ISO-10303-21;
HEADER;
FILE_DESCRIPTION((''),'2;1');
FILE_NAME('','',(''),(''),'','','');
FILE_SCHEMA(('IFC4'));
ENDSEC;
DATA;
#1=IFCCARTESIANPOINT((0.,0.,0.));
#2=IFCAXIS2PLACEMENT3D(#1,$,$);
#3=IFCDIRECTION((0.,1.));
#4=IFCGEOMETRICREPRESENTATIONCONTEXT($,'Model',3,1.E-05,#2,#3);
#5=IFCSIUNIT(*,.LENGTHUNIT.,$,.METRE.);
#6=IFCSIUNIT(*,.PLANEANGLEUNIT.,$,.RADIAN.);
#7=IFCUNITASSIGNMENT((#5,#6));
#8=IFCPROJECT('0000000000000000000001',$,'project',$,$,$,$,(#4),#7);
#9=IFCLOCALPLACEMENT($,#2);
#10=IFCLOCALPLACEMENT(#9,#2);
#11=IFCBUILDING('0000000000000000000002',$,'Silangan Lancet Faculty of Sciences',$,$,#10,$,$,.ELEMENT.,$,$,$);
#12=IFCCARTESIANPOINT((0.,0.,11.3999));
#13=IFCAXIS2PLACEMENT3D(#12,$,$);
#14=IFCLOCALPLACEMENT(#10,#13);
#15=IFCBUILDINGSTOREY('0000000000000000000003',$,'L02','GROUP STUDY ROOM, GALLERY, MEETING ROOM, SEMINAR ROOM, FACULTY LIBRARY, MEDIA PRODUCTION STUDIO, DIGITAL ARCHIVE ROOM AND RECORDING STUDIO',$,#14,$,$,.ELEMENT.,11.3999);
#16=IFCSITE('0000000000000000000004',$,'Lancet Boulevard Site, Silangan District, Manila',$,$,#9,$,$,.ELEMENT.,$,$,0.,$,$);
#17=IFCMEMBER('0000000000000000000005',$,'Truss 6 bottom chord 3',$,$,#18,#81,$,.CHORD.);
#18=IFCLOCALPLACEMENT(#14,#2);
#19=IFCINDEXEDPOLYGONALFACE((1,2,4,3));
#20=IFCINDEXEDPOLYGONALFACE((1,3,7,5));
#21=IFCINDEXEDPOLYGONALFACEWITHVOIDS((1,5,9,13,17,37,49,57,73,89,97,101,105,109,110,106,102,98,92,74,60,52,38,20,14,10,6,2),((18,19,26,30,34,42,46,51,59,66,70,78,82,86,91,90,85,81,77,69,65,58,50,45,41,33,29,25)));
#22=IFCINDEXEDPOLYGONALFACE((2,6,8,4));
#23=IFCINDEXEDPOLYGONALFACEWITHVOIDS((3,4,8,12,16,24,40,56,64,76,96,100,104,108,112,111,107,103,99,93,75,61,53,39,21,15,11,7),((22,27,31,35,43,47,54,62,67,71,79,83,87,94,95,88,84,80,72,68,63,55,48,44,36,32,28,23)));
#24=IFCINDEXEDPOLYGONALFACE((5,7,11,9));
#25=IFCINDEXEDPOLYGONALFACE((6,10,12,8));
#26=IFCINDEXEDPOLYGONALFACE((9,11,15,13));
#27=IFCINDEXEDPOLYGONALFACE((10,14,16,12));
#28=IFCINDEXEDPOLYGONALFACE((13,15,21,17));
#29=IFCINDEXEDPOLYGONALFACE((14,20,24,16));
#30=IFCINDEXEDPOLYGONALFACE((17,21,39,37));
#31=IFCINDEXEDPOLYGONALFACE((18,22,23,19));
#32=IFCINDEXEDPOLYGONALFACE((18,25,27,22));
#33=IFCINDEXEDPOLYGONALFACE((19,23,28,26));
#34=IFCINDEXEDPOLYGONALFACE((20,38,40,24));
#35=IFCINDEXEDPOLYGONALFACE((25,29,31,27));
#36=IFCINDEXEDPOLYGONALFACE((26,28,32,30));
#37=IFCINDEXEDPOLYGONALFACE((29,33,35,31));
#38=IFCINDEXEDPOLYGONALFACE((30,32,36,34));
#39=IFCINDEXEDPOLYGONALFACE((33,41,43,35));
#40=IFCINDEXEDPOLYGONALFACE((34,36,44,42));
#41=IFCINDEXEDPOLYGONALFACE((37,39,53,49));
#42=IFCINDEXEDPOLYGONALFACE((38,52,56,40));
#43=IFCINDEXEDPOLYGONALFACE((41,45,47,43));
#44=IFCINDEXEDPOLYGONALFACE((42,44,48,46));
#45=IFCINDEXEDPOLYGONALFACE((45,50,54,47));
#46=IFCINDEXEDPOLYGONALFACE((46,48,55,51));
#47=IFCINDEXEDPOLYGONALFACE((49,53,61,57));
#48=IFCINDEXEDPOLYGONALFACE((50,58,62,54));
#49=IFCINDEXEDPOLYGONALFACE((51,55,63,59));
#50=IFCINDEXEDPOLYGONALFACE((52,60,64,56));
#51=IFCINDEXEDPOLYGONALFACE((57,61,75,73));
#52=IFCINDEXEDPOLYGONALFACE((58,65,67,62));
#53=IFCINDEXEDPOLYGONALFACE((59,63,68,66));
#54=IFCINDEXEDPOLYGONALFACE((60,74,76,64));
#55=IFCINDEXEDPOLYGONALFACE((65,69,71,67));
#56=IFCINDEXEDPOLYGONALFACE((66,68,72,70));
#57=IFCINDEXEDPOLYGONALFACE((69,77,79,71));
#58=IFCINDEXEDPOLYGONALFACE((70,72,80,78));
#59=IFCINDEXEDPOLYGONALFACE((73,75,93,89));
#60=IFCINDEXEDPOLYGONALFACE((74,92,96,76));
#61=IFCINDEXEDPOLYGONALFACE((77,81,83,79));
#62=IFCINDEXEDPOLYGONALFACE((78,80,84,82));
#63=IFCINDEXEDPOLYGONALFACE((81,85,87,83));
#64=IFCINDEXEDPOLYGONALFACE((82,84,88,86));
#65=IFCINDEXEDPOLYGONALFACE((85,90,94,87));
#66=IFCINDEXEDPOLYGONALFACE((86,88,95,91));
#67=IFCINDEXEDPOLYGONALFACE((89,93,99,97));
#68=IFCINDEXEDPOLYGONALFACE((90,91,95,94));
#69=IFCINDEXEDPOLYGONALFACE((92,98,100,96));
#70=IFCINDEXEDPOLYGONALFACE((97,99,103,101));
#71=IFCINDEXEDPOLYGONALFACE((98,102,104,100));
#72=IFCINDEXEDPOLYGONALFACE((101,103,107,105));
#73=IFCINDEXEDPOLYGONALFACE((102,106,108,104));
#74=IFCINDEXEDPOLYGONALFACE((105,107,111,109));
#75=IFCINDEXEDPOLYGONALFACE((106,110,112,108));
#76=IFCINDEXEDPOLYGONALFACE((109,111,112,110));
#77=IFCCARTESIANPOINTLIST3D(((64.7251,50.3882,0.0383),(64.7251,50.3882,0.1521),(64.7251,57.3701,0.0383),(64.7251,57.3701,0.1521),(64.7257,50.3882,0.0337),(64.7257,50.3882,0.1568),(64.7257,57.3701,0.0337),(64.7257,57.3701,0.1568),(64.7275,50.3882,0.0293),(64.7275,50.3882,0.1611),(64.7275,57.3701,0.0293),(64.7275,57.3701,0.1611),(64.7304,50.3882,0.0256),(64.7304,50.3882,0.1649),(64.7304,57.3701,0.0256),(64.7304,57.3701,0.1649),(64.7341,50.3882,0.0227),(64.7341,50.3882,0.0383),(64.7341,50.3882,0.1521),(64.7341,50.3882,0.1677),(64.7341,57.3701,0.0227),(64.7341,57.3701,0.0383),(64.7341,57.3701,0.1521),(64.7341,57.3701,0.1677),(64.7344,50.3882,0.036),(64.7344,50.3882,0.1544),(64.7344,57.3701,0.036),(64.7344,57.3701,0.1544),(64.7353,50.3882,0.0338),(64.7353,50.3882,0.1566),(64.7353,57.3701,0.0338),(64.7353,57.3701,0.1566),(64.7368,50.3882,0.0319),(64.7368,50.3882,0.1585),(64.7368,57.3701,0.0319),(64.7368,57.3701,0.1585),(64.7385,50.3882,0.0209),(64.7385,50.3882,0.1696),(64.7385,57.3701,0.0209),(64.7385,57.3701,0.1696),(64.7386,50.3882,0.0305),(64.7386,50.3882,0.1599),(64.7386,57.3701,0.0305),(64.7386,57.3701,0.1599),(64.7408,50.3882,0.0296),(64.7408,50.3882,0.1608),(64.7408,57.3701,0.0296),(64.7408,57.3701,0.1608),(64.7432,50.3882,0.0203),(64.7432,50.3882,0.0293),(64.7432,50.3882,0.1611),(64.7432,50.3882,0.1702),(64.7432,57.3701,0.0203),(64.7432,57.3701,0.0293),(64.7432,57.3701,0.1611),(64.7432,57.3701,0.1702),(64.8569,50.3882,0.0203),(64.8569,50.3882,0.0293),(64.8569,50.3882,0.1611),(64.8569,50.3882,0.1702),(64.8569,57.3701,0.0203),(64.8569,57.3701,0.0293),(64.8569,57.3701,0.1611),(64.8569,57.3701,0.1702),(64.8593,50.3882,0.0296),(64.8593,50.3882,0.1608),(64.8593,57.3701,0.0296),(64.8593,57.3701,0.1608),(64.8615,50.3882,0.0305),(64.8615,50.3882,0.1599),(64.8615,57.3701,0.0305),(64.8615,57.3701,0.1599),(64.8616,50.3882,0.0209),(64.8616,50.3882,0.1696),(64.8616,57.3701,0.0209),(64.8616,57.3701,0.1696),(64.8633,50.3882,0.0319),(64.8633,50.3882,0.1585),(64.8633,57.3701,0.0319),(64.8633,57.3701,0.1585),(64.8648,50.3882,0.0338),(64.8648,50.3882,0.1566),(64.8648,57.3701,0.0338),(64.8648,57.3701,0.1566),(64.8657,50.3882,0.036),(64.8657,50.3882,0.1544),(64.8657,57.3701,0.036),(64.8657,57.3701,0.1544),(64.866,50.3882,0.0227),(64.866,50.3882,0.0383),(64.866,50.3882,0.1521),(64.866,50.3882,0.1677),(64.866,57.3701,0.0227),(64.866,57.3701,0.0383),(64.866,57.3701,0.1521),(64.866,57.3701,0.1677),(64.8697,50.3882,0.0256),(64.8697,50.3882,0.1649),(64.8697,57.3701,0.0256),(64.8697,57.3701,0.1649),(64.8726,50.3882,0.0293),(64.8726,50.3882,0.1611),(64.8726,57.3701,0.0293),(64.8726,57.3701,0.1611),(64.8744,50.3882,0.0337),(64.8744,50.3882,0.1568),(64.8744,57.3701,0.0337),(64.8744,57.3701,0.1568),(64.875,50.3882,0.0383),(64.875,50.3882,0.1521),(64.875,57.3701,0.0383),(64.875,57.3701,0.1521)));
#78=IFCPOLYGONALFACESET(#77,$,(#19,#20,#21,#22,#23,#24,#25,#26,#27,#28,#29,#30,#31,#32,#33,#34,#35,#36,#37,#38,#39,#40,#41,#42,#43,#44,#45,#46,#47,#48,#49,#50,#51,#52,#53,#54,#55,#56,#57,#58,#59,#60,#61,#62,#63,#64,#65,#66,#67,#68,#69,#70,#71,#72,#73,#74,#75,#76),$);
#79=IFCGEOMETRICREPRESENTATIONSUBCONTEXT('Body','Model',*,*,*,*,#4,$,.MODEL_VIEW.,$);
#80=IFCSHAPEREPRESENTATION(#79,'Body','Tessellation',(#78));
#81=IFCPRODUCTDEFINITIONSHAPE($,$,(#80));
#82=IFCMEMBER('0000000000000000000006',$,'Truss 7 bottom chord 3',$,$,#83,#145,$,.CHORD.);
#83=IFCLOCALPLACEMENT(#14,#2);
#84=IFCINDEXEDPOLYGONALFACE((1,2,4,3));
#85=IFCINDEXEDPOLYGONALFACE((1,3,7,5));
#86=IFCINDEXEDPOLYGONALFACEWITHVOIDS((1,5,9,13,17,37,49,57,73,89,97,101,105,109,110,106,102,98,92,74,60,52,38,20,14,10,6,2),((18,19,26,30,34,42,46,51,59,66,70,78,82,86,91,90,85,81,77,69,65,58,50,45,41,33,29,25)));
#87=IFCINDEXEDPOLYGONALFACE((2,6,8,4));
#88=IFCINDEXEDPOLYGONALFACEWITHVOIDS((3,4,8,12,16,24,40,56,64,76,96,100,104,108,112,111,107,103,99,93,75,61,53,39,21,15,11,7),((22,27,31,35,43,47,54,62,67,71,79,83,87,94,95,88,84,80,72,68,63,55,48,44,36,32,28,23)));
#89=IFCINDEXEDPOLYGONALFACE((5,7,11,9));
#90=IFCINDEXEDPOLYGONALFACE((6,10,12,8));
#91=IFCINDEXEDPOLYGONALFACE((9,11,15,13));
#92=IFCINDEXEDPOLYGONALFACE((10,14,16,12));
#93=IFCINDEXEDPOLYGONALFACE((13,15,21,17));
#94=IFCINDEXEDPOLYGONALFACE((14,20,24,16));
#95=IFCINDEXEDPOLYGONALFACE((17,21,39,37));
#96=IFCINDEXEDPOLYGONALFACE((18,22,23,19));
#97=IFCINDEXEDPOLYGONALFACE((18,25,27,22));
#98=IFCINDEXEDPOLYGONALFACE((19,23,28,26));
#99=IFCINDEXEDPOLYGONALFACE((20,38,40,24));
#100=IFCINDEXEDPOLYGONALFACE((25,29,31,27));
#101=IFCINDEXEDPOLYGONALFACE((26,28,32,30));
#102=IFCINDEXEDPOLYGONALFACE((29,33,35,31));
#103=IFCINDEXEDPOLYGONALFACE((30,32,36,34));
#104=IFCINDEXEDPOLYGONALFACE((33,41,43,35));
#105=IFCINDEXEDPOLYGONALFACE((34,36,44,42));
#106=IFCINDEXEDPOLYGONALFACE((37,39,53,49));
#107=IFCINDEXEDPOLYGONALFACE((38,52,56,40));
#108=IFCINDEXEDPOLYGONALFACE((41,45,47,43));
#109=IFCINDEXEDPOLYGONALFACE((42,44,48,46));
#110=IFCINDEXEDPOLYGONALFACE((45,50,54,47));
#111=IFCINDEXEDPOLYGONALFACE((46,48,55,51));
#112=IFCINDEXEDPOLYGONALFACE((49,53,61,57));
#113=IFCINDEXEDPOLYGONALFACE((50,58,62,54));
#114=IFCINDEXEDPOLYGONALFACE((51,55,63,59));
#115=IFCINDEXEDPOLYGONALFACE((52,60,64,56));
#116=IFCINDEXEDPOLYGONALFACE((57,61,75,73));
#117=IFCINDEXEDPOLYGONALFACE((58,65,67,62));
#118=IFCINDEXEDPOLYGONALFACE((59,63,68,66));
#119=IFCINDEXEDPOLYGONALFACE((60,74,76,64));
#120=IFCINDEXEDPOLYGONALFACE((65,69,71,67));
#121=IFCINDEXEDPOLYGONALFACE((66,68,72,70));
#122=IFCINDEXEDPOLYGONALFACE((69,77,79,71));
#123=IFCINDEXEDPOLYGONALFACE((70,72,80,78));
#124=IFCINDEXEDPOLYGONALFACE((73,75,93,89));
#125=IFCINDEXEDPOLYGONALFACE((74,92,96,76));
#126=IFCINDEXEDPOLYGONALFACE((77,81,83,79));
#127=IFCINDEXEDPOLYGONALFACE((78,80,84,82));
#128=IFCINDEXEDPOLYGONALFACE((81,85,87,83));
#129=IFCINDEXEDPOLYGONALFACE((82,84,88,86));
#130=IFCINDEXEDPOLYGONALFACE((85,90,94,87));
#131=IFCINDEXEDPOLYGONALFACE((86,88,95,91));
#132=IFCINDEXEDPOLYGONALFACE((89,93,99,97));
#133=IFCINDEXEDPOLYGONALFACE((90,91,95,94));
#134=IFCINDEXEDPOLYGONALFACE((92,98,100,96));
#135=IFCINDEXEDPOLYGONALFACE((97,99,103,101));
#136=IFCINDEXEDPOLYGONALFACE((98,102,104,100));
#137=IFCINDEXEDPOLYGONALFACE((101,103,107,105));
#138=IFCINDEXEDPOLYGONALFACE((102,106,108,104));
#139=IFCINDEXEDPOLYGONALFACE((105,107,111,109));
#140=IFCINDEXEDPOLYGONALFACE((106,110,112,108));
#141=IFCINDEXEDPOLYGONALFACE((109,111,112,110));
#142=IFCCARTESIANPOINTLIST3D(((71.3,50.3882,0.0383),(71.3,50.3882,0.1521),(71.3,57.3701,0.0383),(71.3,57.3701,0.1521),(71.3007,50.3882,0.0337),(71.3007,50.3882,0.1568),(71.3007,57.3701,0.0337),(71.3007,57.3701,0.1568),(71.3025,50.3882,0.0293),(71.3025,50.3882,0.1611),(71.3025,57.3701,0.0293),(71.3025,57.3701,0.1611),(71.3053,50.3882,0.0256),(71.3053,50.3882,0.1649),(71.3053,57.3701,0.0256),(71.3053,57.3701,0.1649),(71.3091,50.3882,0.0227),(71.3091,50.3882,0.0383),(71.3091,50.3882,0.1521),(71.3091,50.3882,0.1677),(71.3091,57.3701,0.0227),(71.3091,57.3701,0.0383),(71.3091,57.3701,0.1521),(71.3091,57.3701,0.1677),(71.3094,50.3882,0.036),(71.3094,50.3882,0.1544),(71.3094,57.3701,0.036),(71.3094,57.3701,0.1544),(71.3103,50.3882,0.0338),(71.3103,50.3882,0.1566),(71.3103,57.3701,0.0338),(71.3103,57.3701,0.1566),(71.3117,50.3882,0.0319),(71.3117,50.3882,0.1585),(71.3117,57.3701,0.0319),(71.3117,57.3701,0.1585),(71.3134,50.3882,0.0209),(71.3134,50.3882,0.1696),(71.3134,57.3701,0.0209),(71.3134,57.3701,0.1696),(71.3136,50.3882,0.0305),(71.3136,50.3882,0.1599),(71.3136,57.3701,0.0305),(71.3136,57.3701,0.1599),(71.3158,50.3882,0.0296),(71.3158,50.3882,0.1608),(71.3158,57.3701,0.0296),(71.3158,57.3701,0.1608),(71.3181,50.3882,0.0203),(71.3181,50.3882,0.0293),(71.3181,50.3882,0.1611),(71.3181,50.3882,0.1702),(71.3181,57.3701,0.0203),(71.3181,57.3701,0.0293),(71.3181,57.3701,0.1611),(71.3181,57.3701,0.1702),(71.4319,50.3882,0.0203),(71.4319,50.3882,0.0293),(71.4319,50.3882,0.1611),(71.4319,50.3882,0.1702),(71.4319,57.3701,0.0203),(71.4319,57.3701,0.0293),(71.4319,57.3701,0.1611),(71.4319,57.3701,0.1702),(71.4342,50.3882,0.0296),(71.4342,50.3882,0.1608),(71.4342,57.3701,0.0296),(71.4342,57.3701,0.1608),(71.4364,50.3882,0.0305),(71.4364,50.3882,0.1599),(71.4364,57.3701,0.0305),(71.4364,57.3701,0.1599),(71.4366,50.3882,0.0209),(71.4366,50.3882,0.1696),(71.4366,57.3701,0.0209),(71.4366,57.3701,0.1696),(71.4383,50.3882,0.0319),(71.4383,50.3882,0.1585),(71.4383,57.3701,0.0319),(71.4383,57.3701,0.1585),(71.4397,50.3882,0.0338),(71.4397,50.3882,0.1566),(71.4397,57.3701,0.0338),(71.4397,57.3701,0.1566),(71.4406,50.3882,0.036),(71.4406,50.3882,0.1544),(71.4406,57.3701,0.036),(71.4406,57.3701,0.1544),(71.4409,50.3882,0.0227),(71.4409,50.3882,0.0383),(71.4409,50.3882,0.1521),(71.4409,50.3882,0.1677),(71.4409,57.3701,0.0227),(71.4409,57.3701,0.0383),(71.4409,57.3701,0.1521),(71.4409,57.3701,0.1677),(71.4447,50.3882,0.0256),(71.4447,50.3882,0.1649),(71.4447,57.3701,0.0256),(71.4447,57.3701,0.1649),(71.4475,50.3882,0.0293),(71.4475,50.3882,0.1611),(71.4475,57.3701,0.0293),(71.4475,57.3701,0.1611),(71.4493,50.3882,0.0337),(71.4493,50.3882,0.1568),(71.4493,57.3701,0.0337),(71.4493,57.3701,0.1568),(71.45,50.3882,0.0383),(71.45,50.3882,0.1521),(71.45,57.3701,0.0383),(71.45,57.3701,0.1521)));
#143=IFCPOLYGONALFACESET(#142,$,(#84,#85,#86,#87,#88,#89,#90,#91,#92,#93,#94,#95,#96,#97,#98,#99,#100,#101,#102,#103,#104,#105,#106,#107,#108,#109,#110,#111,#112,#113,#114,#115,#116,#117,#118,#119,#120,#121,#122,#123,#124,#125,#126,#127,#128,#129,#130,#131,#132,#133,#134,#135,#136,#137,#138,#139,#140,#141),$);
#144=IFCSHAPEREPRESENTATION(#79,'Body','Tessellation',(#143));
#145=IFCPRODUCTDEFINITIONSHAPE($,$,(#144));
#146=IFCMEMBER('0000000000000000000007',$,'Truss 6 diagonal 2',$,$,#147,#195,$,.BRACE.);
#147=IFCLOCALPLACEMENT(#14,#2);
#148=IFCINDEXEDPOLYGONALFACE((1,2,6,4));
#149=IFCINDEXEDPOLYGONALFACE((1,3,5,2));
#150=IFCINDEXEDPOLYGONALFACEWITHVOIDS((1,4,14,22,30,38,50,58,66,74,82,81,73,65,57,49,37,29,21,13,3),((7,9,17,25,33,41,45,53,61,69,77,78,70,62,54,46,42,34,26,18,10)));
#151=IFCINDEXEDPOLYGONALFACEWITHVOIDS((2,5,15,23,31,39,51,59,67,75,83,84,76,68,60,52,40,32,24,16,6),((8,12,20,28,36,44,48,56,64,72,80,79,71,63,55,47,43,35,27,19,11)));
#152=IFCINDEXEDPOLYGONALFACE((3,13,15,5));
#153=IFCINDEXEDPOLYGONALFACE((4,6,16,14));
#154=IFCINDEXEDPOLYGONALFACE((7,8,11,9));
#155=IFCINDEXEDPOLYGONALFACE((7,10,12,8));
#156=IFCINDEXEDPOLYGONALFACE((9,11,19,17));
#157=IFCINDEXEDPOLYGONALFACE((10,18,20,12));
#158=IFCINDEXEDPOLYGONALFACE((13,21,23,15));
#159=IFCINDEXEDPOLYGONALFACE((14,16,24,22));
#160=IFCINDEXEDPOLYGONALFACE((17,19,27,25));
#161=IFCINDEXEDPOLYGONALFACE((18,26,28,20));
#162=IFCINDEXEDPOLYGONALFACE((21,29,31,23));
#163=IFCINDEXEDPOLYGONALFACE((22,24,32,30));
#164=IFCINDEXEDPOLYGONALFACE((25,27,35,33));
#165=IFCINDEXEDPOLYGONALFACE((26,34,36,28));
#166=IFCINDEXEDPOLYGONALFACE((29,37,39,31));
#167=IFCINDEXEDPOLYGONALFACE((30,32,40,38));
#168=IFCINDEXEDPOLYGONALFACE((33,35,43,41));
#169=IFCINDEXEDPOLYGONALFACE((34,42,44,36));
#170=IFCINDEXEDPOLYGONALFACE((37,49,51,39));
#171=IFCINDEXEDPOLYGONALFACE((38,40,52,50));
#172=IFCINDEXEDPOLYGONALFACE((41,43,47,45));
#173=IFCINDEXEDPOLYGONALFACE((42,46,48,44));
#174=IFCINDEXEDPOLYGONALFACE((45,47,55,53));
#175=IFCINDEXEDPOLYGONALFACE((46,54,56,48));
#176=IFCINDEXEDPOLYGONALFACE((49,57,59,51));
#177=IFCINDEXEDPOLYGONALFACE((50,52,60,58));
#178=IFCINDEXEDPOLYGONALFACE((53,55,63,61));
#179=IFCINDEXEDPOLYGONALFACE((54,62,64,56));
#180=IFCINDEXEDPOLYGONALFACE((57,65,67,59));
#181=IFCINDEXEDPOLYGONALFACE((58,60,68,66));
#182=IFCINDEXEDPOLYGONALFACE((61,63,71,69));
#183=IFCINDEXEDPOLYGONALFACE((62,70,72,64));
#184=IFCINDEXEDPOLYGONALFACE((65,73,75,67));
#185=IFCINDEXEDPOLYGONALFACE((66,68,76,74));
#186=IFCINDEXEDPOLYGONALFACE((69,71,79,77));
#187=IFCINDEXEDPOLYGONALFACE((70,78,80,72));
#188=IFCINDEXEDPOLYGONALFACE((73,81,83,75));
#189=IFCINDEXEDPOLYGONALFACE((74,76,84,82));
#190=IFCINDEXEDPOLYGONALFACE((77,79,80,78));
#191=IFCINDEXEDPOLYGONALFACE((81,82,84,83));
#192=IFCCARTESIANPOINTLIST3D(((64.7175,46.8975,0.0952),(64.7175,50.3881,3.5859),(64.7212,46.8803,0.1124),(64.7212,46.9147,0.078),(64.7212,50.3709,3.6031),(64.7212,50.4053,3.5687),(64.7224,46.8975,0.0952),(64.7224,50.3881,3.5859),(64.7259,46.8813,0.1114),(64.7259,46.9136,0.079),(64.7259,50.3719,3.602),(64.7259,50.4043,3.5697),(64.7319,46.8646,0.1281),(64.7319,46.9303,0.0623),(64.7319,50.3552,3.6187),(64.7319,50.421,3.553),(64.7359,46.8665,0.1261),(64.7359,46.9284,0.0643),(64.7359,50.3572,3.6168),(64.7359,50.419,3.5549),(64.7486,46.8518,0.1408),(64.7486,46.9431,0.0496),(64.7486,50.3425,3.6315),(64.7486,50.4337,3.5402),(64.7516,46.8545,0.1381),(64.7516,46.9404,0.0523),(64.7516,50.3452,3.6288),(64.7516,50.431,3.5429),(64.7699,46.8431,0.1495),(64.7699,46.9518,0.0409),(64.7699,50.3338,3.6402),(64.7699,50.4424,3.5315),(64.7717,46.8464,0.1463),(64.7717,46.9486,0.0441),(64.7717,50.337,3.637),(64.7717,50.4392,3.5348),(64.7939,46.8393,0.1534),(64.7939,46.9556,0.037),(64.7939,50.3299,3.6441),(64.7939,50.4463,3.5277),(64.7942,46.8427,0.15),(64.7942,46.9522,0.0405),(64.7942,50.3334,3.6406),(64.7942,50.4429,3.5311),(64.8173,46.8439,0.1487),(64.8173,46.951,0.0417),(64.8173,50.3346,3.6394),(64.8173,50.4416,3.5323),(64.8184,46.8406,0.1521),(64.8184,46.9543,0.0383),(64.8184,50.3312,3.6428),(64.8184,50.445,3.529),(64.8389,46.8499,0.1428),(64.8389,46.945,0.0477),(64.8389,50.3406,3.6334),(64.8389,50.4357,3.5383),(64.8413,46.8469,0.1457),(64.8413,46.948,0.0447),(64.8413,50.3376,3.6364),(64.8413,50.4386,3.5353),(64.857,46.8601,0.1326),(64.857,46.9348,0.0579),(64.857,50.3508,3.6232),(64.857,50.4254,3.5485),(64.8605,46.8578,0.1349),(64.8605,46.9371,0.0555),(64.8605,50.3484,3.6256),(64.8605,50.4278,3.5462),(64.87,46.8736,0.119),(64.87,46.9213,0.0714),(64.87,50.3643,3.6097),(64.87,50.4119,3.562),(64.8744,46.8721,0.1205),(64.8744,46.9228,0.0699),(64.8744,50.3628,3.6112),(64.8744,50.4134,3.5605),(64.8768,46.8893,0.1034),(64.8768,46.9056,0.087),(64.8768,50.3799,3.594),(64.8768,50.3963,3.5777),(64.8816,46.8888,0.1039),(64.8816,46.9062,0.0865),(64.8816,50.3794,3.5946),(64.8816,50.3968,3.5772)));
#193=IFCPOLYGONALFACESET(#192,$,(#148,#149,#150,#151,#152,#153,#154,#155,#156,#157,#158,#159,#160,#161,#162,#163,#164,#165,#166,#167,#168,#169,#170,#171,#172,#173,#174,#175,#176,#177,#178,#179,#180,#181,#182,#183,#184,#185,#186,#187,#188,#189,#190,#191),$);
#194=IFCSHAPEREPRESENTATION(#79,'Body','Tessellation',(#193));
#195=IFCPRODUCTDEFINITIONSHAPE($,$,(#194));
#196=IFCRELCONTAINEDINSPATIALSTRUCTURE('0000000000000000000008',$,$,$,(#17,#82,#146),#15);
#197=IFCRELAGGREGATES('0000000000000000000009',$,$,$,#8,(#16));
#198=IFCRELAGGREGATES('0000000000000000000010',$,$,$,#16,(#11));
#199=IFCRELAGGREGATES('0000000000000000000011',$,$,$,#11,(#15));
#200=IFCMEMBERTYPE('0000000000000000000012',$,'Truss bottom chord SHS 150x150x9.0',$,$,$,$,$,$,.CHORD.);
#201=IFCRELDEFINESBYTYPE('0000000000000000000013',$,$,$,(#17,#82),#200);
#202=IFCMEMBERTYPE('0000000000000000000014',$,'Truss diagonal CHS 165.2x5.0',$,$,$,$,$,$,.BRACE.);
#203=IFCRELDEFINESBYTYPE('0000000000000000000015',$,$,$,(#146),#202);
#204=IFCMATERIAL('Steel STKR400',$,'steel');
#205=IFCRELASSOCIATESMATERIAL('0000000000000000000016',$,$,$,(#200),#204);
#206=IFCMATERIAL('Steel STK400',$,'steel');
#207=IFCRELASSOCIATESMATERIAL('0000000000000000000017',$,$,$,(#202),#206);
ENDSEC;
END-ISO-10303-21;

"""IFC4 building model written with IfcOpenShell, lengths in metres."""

from ifc_helpers import new_model, si_unit, direction, frame, origin, origin_2d, place, context, subcontext, project, spatial, hollow_rectangle, hollow_circle, extrude, material, material_profile, profile_set, type_object, element, save


model = new_model("IFC4")

# Units and contexts
model_context = context("Model", 3, precision=1e-05, world=origin(), true_north=direction((0.0, 1.0)))
body_context = subcontext(model_context, "Body", "Model", "MODEL_VIEW")
ifc_project = project(units=[si_unit("LENGTHUNIT", "METRE"), si_unit("PLANEANGLEUNIT", "RADIAN")], contexts=[model_context])

# Site, building, storey
site_placement = place(None, origin())
site = spatial("IfcSite", under=ifc_project, at=site_placement, Name="Lancet Boulevard Site, Silangan District, Manila", CompositionType="ELEMENT", RefElevation=0.0)
building_placement = place(site_placement, origin())
building = spatial("IfcBuilding", under=site, at=building_placement, Name="Silangan Lancet Faculty of Sciences", CompositionType="ELEMENT")
storey_placement = place(building_placement, frame((0.0, 0.0, 11.3999)))
storey = spatial("IfcBuildingStorey", under=building, at=storey_placement, Name="L02", Description="GROUP STUDY ROOM, GALLERY, MEETING ROOM, SEMINAR ROOM, FACULTY LIBRARY, MEDIA PRODUCTION STUDIO, DIGITAL ARCHIVE ROOM AND RECORDING STUDIO", CompositionType="ELEMENT", Elevation=11.3999)

# Members
ifc_material_1 = material(Name="Steel STKR400", Category="steel")
ifc_material_profile_1 = material_profile(ifc_material_1, hollow_rectangle(XDim=0.1499, YDim=0.1499, WallThickness=0.009, InnerFilletRadius=0.009, OuterFilletRadius=0.0181, at=origin_2d()), Name="SHS 150x150x9.0")
ifc_profile_set_1 = profile_set([ifc_material_profile_1], Name="Steel STKR400")
member_type_1 = type_object("IfcMemberType", Name="Truss bottom chord SHS 150x150x9.0", PredefinedType="CHORD", material=ifc_profile_set_1)
for number, where, z_axis, x_axis, name in (
    (1, (64.8, 50.3882, 0.0952), (0.0, 1.0, 0.0), (-1.0, 0.0, 0.0), "Truss 6 bottom chord 3"),
    (2, (71.375, 50.3882, 0.0952), (0.0, 1.0, 0.0), (-1.0, 0.0, 0.0), "Truss 7 bottom chord 3"),
):
    element("IfcMember", number, at=place(storey_placement, frame(where, z_axis=z_axis, x_axis=x_axis)), inside=storey, type_object=member_type_1, Name=name, PredefinedType="CHORD", context=body_context, shape_type="SweptSolid", body=[
        extrude(hollow_rectangle(XDim=0.1499, YDim=0.1499, WallThickness=0.009, InnerFilletRadius=0.009, OuterFilletRadius=0.0181, at=origin_2d()), origin(), (0.0, 0.0, 1.0), 6.9819),
    ])
ifc_material_2 = material(Name="Steel STK400", Category="steel")
ifc_material_profile_2 = material_profile(ifc_material_2, hollow_circle(Radius=0.0825, WallThickness=0.0049, at=origin_2d()), Name="CHS 165.2x5.0")
ifc_profile_set_2 = profile_set([ifc_material_profile_2], Name="Steel STK400")
member_type_2 = type_object("IfcMemberType", Name="Truss diagonal CHS 165.2x5.0", PredefinedType="BRACE", material=ifc_profile_set_2)
for number, where, z_axis, x_axis, name in (
    (3, (64.8, 46.8975, 0.0952), (0.0, 0.707107, 0.707107), (-1.0, 0.0, 0.0), "Truss 6 diagonal 2"),
):
    element("IfcMember", number, at=place(storey_placement, frame(where, z_axis=z_axis, x_axis=x_axis)), inside=storey, type_object=member_type_2, Name=name, PredefinedType="BRACE", context=body_context, shape_type="SweptSolid", body=[
        extrude(hollow_circle(Radius=0.0825, WallThickness=0.0049, at=origin_2d()), origin(), (0.0, 0.0, 1.0), 4.9365),
    ])

save(model, "model.ifc")
